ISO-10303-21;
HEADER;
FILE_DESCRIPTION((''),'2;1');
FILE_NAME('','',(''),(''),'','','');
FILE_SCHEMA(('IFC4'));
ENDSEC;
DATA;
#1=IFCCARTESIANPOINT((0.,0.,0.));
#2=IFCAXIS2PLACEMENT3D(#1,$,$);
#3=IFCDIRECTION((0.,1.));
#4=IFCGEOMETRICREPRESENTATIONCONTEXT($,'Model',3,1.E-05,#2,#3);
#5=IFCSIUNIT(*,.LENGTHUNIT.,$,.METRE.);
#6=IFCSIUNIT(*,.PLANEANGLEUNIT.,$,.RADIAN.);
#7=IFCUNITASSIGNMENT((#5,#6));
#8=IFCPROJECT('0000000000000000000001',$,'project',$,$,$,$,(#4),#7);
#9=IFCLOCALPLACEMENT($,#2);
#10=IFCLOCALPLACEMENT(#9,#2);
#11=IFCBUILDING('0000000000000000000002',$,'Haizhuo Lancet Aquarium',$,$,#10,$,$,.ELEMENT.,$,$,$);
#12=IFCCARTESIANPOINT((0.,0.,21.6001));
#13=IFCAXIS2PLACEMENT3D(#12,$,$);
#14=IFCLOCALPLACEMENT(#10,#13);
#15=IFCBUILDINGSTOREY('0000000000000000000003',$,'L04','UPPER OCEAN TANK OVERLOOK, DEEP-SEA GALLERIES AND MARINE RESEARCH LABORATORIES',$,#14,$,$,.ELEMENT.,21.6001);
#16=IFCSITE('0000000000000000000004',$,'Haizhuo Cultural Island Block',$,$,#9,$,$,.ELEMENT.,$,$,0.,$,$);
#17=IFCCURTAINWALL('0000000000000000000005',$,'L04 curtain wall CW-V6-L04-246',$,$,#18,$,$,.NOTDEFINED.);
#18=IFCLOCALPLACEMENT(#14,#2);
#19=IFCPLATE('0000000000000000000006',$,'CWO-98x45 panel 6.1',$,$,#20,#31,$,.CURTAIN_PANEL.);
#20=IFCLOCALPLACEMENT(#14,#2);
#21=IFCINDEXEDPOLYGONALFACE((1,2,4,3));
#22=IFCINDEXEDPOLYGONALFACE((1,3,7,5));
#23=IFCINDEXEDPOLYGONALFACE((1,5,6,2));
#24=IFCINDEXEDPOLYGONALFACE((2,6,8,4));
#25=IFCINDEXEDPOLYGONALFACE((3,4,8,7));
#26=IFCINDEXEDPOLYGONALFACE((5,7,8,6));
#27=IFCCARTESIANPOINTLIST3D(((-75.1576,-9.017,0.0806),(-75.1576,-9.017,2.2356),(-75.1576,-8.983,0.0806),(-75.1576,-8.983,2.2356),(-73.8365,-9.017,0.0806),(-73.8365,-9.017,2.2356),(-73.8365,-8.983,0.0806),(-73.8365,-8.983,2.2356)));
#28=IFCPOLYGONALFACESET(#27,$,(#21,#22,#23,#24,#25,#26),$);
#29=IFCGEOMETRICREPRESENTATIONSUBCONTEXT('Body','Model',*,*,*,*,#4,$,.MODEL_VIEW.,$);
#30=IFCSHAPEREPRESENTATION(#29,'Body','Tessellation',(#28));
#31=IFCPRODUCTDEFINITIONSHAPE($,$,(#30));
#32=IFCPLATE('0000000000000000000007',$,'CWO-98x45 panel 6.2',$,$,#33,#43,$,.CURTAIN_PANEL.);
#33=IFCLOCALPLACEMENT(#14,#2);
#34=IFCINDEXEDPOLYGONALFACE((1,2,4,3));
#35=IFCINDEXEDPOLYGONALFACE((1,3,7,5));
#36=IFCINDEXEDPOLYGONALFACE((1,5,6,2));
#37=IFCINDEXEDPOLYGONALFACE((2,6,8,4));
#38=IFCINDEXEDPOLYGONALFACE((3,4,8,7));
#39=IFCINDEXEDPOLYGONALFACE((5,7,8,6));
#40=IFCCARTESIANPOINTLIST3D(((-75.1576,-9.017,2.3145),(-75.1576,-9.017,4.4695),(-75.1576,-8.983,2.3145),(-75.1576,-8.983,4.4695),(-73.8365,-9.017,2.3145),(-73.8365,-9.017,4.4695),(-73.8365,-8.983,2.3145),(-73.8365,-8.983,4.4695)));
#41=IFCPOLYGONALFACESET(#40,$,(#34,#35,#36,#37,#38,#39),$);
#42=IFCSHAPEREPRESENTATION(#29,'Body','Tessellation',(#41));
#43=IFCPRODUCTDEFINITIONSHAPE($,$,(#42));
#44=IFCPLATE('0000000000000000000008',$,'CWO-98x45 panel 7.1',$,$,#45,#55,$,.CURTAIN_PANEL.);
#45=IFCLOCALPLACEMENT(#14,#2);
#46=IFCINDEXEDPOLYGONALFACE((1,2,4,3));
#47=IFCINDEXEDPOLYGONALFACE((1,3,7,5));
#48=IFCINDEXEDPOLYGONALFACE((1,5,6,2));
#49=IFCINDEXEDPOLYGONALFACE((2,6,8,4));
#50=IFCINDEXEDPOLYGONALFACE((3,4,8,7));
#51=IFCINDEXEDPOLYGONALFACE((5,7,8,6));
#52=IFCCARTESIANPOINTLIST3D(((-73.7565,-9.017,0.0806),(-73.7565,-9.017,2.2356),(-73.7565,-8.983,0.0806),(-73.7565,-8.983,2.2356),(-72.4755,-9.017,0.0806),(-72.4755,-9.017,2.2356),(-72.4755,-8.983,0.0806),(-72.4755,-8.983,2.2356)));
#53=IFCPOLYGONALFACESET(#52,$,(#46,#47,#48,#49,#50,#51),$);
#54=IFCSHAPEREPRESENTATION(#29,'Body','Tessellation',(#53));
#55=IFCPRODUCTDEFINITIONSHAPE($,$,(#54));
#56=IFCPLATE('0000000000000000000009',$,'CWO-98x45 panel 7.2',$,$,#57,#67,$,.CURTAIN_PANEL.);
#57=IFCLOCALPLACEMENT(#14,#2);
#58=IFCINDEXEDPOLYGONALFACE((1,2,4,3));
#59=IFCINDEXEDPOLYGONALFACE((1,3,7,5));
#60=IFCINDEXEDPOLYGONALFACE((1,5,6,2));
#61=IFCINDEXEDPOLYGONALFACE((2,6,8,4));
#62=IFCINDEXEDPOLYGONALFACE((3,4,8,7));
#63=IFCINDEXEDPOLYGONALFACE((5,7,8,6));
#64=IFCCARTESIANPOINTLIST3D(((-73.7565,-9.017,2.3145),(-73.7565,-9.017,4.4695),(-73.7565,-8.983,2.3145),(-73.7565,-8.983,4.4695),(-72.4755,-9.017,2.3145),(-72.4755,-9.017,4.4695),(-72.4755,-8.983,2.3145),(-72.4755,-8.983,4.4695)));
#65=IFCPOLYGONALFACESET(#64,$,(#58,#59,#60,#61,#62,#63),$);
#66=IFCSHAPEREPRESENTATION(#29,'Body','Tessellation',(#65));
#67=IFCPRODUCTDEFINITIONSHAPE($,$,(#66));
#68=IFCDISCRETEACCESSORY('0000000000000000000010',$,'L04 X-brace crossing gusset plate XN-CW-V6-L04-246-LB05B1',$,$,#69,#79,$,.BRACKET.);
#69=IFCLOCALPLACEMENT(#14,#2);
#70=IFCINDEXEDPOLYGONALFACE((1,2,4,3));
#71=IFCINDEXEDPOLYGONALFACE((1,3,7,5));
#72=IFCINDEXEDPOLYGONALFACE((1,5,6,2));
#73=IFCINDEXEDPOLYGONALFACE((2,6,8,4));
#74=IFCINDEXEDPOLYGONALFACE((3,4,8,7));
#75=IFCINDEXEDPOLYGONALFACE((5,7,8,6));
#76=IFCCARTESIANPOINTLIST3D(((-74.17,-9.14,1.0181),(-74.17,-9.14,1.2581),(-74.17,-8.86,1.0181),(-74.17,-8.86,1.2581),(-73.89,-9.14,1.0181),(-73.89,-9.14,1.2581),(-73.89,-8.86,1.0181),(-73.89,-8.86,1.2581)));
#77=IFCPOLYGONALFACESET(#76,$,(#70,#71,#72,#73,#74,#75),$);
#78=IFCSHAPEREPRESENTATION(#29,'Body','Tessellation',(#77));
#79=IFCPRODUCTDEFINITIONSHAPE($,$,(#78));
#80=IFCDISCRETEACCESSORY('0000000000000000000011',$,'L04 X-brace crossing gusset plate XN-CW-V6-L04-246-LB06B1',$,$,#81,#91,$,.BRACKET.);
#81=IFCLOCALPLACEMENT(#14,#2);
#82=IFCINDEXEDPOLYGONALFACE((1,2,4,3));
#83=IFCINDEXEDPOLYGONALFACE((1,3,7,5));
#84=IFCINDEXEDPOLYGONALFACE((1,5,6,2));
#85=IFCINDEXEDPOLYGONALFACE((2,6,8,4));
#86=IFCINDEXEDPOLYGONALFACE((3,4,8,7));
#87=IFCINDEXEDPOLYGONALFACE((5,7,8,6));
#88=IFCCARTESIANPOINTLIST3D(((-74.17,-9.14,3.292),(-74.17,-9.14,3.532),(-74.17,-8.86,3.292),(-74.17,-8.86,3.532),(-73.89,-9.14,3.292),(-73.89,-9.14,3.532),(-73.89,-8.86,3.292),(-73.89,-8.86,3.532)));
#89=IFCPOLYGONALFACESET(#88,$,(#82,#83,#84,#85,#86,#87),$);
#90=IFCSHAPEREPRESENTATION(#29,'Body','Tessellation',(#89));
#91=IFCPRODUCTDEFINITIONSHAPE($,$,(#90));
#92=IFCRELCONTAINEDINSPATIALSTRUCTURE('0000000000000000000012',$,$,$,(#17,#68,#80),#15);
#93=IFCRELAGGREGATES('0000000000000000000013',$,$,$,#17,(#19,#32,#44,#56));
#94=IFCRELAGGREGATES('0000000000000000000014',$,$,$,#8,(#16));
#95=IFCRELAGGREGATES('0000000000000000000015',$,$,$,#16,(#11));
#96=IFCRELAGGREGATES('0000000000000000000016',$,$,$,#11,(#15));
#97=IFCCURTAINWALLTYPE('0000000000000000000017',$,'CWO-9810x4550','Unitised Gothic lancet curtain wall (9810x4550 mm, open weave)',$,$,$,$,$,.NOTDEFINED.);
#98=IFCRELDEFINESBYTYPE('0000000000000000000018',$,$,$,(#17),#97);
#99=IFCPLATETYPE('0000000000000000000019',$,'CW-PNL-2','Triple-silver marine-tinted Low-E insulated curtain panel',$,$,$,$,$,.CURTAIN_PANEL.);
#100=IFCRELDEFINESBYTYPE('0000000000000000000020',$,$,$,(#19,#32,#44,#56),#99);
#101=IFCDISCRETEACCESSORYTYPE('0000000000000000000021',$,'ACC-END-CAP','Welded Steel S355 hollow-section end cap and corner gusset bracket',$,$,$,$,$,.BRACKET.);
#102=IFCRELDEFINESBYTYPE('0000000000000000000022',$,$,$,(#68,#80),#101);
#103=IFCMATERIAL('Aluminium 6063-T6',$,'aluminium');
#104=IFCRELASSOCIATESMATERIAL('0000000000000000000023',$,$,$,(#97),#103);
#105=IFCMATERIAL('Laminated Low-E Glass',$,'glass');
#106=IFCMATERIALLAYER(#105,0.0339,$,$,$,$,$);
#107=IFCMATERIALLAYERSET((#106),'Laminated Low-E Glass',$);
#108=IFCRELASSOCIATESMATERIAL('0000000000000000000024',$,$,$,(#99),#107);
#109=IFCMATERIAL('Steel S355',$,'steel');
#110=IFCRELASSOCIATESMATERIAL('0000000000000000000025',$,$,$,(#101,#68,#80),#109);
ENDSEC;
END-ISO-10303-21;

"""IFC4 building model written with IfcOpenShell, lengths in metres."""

from ifc_helpers import new_model, si_unit, direction, frame, origin, origin_2d, place, context, subcontext, project, spatial, rectangle, extrude, material, layer, layer_set, type_object, element, aggregate, save


model = new_model("IFC4")

# Units and contexts
model_context = context("Model", 3, precision=1e-05, world=origin(), true_north=direction((0.0, 1.0)))
body_context = subcontext(model_context, "Body", "Model", "MODEL_VIEW")
ifc_project = project(units=[si_unit("LENGTHUNIT", "METRE"), si_unit("PLANEANGLEUNIT", "RADIAN")], contexts=[model_context])

# Site, building, storey
site_placement = place(None, origin())
site = spatial("IfcSite", under=ifc_project, at=site_placement, Name="Haizhuo Cultural Island Block", CompositionType="ELEMENT", RefElevation=0.0)
building_placement = place(site_placement, origin())
building = spatial("IfcBuilding", under=site, at=building_placement, Name="Haizhuo Lancet Aquarium", CompositionType="ELEMENT")
storey_placement = place(building_placement, frame((0.0, 0.0, 21.6001)))
storey = spatial("IfcBuildingStorey", under=building, at=storey_placement, Name="L04", Description="UPPER OCEAN TANK OVERLOOK, DEEP-SEA GALLERIES AND MARINE RESEARCH LABORATORIES", CompositionType="ELEMENT", Elevation=21.6001)

# Shared definitions
ifc_material_1 = material(Name="Steel S355", Category="steel")

# Curtain wall
ifc_material_2 = material(Name="Aluminium 6063-T6", Category="aluminium")
curtain_wall_type = type_object("IfcCurtainWallType", Name="CWO-9810x4550", Description="Unitised Gothic lancet curtain wall (9810x4550 mm, open weave)", PredefinedType="NOTDEFINED", material=ifc_material_2)
curtain_wall_placement = place(storey_placement, origin())
curtain_wall = element("IfcCurtainWall", 1, at=curtain_wall_placement, inside=storey, type_object=curtain_wall_type, Name="L04 curtain wall CW-V6-L04-246", PredefinedType="NOTDEFINED")

# Plates
ifc_material_3 = material(Name="Laminated Low-E Glass", Category="glass")
ifc_layer = layer(ifc_material_3, 0.0339)
ifc_layer_set = layer_set([ifc_layer], Name="Laminated Low-E Glass")
plate_type = type_object("IfcPlateType", Name="CW-PNL-2", Description="Triple-silver marine-tinted Low-E insulated curtain panel", PredefinedType="CURTAIN_PANEL", material=ifc_layer_set)
plate_1_placement = place(storey_placement, frame((-74.4971, -9.0, 0.0806), z_axis=(0.0, 0.0, 1.0), x_axis=(1.0, 0.0, 0.0)))
plate_1 = element("IfcPlate", 2, at=plate_1_placement, type_object=plate_type, Name="CWO-98x45 panel 6.1", PredefinedType="CURTAIN_PANEL", context=body_context, shape_type="SweptSolid", body=[
    extrude(rectangle(XDim=1.321, YDim=0.0339, at=origin_2d()), origin(), (0.0, 0.0, 1.0), 2.155),
])
plate_2_placement = place(storey_placement, frame((-74.4971, -9.0, 2.3145), z_axis=(0.0, 0.0, 1.0), x_axis=(1.0, 0.0, 0.0)))
plate_2 = element("IfcPlate", 3, at=plate_2_placement, type_object=plate_type, Name="CWO-98x45 panel 6.2", PredefinedType="CURTAIN_PANEL", context=body_context, shape_type="SweptSolid", body=[
    extrude(rectangle(XDim=1.321, YDim=0.0339, at=origin_2d()), origin(), (0.0, 0.0, 1.0), 2.155),
])
plate_3_placement = place(storey_placement, frame((-73.116, -9.0, 0.0806), z_axis=(0.0, 0.0, 1.0), x_axis=(1.0, 0.0, 0.0)))
plate_3 = element("IfcPlate", 4, at=plate_3_placement, type_object=plate_type, Name="CWO-98x45 panel 7.1", PredefinedType="CURTAIN_PANEL", context=body_context, shape_type="SweptSolid", body=[
    extrude(rectangle(XDim=1.281, YDim=0.0339, at=origin_2d()), origin(), (0.0, 0.0, 1.0), 2.155),
])
plate_4_placement = place(storey_placement, frame((-73.116, -9.0, 2.3145), z_axis=(0.0, 0.0, 1.0), x_axis=(1.0, 0.0, 0.0)))
plate_4 = element("IfcPlate", 5, at=plate_4_placement, type_object=plate_type, Name="CWO-98x45 panel 7.2", PredefinedType="CURTAIN_PANEL", context=body_context, shape_type="SweptSolid", body=[
    extrude(rectangle(XDim=1.281, YDim=0.0339, at=origin_2d()), origin(), (0.0, 0.0, 1.0), 2.155),
])
aggregate(curtain_wall, [plate_1, plate_2, plate_3, plate_4])

# Discrete accessories
discrete_accessory_type = type_object("IfcDiscreteAccessoryType", Name="ACC-END-CAP", Description="Welded Steel S355 hollow-section end cap and corner gusset bracket", PredefinedType="BRACKET", material=ifc_material_1)
for number, where, z_axis, x_axis, name in (
    (6, (-74.03, -9.0, 1.0181), (0.0, 0.0, 1.0), (1.0, 0.0, 0.0), "L04 X-brace crossing gusset plate XN-CW-V6-L04-246-LB05B1"),
    (7, (-74.03, -9.0, 3.292), (0.0, 0.0, 1.0), (1.0, 0.0, 0.0), "L04 X-brace crossing gusset plate XN-CW-V6-L04-246-LB06B1"),
):
    element("IfcDiscreteAccessory", number, at=place(storey_placement, frame(where, z_axis=z_axis, x_axis=x_axis)), inside=storey, type_object=discrete_accessory_type, material=ifc_material_1, Name=name, PredefinedType="BRACKET", context=body_context, shape_type="SweptSolid", body=[
        extrude(rectangle(XDim=0.28, YDim=0.28, at=origin_2d()), origin(), (0.0, 0.0, 1.0), 0.24),
    ])

save(model, "model.ifc")
